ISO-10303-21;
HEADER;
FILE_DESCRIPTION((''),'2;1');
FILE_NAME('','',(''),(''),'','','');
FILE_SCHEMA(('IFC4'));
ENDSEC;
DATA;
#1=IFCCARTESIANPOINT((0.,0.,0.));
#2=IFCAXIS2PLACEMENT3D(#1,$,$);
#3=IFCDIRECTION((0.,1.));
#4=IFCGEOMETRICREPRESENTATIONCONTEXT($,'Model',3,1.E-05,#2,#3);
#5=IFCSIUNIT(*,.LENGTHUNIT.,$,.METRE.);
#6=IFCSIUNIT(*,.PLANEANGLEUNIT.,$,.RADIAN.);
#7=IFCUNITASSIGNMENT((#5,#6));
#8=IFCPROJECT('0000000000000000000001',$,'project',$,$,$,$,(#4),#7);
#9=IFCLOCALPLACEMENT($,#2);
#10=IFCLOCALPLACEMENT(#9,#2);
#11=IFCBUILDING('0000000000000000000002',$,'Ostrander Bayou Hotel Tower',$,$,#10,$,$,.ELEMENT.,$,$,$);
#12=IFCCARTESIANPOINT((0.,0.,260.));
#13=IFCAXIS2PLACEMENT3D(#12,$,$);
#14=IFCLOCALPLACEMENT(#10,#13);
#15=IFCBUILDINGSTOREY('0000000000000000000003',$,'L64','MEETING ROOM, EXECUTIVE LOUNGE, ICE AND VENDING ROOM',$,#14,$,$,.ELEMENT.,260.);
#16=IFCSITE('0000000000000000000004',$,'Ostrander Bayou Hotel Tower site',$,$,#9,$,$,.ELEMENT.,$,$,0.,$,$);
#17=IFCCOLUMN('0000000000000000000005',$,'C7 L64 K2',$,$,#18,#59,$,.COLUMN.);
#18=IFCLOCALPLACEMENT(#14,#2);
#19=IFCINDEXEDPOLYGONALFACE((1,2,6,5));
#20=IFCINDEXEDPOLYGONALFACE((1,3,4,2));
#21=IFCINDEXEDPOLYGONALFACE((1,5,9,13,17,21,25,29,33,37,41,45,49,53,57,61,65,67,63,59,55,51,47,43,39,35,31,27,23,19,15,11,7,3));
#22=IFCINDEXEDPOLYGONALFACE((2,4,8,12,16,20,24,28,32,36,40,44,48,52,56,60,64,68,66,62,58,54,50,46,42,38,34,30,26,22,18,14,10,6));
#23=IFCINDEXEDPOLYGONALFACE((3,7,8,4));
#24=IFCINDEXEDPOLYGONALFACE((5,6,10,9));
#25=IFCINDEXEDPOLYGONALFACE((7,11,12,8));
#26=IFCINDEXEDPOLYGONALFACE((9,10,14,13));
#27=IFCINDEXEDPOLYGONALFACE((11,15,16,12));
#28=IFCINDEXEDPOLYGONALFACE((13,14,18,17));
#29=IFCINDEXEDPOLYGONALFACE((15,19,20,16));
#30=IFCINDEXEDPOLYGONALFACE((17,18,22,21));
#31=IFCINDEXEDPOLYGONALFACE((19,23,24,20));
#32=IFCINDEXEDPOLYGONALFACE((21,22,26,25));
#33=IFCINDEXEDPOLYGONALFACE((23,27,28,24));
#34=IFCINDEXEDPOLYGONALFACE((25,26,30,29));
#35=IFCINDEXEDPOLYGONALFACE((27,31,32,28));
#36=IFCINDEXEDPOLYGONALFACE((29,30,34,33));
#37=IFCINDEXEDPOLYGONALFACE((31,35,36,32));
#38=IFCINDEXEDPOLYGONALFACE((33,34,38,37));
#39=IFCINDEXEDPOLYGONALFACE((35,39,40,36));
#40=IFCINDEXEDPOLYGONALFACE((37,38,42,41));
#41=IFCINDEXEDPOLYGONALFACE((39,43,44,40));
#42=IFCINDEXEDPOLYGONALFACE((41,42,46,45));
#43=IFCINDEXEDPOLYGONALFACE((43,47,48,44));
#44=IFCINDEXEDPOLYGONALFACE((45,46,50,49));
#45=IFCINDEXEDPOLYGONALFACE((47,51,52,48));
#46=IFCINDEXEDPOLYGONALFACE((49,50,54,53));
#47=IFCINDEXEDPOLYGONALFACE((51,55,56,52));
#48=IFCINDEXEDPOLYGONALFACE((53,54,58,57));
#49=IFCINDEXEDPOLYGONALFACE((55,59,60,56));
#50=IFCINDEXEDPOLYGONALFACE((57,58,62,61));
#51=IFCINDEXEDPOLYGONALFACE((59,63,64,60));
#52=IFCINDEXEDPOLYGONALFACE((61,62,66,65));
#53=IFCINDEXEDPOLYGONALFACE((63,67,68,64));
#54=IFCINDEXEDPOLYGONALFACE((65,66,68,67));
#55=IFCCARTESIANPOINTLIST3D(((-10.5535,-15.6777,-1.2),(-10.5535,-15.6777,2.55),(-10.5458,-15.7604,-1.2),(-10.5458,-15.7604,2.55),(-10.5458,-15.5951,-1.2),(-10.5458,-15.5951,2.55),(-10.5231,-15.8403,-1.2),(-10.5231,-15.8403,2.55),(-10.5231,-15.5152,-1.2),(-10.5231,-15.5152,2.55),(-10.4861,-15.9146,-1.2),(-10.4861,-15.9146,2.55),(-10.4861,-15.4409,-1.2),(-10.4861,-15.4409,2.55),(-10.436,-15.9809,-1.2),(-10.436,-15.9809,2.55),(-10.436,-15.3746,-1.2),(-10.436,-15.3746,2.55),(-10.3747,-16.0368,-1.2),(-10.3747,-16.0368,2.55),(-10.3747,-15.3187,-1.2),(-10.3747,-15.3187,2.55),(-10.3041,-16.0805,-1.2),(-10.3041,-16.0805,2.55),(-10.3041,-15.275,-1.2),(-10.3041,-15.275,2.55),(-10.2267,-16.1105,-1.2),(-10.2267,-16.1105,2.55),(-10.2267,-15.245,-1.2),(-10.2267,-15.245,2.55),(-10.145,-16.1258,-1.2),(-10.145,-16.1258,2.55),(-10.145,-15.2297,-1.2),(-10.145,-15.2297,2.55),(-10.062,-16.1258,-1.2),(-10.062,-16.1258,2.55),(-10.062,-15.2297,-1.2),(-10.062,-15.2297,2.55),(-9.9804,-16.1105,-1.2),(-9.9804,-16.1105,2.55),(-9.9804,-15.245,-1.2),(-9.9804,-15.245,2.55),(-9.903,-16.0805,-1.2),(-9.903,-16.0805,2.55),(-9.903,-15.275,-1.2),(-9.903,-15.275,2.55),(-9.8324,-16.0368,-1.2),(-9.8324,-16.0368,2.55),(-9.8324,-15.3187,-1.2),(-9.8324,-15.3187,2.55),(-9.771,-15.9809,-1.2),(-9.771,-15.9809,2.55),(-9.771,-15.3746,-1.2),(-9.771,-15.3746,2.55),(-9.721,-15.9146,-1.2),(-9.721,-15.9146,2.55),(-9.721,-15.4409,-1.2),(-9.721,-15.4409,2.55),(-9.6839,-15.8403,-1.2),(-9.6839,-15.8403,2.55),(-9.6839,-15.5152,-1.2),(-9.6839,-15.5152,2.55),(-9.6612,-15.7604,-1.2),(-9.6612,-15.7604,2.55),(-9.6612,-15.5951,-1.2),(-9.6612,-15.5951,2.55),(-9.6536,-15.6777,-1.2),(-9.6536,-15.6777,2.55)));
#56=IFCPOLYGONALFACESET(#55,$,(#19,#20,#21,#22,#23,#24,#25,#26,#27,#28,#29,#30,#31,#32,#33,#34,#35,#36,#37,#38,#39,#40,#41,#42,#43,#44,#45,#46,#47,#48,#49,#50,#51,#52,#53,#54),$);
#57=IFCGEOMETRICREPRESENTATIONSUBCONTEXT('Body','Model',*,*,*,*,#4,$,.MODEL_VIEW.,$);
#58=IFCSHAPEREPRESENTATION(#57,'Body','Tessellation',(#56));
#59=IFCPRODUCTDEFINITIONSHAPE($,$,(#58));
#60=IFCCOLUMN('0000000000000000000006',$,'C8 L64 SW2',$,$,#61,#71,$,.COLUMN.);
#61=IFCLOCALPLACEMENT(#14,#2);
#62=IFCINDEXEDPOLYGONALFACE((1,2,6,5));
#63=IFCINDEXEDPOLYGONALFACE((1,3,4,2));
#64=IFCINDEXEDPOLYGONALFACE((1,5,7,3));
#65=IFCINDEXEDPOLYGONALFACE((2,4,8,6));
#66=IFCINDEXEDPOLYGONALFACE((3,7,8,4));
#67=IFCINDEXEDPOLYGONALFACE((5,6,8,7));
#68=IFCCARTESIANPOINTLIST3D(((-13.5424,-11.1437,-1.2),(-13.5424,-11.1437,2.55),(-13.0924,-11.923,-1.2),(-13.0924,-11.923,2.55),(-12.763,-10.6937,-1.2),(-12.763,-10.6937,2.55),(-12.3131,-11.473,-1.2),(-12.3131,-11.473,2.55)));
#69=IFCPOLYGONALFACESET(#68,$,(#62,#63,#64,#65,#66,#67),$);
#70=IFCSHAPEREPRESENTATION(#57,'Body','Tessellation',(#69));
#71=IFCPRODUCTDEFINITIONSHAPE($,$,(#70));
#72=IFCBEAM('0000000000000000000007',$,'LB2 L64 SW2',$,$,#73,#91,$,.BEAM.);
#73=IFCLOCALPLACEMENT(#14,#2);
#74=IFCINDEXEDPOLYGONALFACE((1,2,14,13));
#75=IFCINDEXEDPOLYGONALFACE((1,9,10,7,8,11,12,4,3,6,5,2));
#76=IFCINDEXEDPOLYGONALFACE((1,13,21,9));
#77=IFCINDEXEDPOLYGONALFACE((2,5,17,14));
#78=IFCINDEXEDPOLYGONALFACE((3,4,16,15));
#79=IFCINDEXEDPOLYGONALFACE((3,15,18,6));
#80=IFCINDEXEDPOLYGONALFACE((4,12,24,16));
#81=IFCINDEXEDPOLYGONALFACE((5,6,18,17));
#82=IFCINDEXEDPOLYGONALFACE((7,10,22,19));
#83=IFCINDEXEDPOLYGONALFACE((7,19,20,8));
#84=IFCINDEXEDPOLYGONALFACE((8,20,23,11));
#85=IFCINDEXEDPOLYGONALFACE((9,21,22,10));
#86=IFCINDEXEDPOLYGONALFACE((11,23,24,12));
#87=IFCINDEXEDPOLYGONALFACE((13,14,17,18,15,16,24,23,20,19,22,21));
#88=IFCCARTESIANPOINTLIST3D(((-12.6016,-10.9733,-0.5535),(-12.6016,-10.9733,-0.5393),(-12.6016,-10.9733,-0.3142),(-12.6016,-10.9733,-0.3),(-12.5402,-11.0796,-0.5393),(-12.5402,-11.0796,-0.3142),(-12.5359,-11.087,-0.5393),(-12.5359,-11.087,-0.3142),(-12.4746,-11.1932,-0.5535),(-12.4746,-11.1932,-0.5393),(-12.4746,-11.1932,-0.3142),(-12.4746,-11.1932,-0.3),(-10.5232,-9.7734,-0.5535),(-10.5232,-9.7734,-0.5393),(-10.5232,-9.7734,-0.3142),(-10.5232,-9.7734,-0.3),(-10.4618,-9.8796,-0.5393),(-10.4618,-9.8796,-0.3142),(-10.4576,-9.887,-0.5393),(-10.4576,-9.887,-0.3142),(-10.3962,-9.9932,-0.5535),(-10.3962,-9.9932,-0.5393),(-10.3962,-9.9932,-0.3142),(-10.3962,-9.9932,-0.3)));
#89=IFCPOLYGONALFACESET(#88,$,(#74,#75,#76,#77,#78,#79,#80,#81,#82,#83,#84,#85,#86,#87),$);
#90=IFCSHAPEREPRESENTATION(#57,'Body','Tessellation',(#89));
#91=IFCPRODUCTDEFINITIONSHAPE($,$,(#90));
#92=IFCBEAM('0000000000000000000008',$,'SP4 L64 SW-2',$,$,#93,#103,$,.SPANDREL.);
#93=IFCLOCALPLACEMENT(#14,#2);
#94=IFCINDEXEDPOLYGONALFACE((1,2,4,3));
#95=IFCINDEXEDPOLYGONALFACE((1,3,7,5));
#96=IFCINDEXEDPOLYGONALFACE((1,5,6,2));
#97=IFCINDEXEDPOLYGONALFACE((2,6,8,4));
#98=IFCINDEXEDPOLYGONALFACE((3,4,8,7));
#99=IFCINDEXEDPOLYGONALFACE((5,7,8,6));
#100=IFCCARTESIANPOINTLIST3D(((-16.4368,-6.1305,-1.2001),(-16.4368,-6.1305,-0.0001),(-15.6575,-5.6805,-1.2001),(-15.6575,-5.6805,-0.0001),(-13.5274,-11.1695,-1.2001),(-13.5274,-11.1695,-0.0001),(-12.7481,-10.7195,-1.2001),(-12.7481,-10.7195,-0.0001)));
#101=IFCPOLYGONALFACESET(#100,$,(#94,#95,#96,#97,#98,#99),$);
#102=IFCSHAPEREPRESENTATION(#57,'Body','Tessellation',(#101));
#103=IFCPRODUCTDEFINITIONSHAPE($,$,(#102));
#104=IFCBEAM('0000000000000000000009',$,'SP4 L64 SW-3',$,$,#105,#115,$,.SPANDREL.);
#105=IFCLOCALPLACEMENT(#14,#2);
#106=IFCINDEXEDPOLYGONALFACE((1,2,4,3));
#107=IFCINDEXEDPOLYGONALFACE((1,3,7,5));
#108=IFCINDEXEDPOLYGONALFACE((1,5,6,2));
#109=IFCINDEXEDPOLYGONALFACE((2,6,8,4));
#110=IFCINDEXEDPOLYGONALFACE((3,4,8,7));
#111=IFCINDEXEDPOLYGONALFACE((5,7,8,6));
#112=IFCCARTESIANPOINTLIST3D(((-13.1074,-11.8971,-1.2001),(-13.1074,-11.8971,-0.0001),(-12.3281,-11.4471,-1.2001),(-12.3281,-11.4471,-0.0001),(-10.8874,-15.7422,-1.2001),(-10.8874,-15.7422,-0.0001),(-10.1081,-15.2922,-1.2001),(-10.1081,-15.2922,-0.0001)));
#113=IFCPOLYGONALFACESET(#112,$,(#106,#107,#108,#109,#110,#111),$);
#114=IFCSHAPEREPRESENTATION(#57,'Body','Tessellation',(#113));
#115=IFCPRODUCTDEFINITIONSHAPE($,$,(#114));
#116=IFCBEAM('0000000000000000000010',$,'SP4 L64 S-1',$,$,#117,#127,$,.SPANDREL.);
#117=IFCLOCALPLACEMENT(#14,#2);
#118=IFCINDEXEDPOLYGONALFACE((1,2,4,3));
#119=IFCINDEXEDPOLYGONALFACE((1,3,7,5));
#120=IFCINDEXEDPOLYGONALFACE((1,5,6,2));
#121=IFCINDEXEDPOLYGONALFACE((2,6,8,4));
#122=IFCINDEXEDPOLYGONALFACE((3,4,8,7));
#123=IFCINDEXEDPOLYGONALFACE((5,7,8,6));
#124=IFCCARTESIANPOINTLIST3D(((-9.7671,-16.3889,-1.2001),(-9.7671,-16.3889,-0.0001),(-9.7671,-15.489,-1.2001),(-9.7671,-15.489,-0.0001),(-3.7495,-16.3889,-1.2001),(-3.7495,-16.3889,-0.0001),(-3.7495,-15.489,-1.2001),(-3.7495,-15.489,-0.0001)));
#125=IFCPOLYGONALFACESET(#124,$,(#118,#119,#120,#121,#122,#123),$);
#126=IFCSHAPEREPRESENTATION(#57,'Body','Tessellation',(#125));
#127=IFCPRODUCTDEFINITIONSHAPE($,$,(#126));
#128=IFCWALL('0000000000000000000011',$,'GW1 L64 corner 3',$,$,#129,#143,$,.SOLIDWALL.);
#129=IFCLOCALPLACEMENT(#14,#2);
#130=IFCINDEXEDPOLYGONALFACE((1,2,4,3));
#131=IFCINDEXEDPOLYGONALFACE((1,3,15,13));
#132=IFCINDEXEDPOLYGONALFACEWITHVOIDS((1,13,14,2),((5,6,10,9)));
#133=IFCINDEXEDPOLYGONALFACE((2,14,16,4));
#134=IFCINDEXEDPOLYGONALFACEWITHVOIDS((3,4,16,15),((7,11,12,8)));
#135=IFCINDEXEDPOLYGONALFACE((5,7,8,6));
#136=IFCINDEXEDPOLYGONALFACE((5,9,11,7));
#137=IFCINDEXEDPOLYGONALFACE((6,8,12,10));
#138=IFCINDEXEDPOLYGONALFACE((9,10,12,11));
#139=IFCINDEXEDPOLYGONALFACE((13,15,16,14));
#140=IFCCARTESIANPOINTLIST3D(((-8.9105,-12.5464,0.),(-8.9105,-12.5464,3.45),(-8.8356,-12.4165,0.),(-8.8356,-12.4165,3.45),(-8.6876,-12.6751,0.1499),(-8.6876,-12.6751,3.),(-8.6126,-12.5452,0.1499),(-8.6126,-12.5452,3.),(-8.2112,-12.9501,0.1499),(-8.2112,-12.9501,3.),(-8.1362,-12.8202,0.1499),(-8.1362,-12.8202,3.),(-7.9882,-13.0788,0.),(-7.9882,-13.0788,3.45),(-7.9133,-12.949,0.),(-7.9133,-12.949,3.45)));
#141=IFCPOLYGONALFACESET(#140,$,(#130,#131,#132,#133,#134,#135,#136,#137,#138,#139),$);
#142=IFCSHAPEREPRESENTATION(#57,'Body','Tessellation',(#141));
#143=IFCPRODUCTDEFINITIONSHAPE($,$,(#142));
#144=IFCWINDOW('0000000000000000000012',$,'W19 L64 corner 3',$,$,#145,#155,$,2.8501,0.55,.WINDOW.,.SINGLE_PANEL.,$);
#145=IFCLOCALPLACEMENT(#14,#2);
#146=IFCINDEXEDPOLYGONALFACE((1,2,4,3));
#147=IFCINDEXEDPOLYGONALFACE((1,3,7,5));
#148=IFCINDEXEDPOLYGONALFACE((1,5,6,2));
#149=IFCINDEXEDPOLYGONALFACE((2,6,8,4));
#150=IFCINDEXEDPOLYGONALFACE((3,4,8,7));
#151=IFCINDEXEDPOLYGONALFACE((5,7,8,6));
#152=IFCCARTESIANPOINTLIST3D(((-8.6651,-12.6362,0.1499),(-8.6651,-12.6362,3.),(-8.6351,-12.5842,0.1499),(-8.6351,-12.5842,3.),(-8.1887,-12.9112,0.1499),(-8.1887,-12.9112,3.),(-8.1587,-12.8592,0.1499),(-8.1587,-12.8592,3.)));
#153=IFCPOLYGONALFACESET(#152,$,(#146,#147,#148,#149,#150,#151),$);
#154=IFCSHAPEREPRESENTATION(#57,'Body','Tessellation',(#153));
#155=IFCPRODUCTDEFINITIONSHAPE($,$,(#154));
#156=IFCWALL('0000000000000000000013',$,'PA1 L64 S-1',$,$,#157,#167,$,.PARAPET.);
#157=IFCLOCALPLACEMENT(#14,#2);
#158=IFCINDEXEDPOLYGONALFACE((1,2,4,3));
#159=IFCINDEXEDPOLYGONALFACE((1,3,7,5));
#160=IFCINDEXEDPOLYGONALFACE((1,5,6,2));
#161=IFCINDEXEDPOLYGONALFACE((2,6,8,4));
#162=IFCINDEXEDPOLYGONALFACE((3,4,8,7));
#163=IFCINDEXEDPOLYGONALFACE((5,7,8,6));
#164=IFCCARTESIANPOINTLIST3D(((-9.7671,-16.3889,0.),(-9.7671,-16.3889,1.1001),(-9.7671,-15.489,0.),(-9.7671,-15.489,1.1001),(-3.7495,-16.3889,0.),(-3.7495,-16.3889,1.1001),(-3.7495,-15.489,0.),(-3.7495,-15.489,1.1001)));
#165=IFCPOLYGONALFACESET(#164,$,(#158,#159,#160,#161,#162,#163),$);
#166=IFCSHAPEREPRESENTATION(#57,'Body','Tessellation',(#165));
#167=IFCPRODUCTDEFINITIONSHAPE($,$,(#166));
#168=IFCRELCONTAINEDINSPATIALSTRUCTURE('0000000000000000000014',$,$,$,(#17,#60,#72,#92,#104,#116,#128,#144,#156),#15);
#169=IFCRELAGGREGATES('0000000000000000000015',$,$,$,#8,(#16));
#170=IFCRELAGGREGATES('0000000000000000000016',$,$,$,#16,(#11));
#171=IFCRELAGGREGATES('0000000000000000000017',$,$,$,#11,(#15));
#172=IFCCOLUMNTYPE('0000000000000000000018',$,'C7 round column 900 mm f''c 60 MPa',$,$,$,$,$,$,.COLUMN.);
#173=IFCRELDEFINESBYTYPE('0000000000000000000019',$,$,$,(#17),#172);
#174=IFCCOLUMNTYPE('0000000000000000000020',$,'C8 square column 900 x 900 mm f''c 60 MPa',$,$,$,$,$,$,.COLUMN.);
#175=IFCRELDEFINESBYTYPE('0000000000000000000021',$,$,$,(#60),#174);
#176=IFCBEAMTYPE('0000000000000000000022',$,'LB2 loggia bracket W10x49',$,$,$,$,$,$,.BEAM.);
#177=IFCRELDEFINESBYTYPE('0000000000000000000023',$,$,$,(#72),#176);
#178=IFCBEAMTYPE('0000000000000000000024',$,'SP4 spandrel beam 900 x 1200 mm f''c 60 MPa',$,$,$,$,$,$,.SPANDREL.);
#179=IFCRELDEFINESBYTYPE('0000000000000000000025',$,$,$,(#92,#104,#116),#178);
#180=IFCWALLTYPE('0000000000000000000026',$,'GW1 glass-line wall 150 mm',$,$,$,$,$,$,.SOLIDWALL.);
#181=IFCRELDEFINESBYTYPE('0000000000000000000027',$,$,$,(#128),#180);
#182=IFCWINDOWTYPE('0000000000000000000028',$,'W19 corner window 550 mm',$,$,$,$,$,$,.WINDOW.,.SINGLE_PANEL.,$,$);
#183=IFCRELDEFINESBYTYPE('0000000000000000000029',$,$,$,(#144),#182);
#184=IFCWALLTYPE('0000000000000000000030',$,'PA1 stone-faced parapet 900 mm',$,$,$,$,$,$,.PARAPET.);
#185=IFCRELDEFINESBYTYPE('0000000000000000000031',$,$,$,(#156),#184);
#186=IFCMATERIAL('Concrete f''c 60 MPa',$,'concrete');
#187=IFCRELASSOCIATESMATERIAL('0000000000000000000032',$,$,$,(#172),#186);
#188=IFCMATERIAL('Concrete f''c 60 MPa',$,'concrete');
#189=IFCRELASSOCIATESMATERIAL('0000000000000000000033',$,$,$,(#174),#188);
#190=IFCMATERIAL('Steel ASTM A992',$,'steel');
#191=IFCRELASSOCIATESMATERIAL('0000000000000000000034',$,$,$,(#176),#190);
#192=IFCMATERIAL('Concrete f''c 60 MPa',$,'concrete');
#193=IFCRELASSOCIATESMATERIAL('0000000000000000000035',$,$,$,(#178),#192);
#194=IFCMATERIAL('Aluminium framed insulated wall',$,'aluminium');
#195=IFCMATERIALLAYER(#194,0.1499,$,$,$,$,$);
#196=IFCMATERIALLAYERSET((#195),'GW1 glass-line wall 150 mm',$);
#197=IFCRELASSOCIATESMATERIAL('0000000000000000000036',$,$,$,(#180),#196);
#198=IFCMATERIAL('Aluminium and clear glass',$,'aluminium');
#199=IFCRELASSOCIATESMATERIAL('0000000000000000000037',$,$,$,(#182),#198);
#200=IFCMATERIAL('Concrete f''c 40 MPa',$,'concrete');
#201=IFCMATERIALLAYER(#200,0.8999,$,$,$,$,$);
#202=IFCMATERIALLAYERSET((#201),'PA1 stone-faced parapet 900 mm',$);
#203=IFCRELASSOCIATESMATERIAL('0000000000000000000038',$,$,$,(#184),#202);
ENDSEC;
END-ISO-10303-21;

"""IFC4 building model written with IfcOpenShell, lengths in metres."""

from ifc_helpers import new_model, si_unit, direction, frame, frame_2d, origin, origin_2d, place, context, subcontext, project, spatial, rectangle, circle, i_section, extrude, material, layer, layer_set, material_profile, profile_set, type_object, element, fill, save


model = new_model("IFC4")

# Units and contexts
model_context = context("Model", 3, precision=1e-05, world=origin(), true_north=direction((0.0, 1.0)))
body_context = subcontext(model_context, "Body", "Model", "MODEL_VIEW")
ifc_project = project(units=[si_unit("LENGTHUNIT", "METRE"), si_unit("PLANEANGLEUNIT", "RADIAN")], contexts=[model_context])

# Site, building, storey
site_placement = place(None, origin())
site = spatial("IfcSite", under=ifc_project, at=site_placement, Name="Ostrander Bayou Hotel Tower site", CompositionType="ELEMENT", RefElevation=0.0)
building_placement = place(site_placement, origin())
building = spatial("IfcBuilding", under=site, at=building_placement, Name="Ostrander Bayou Hotel Tower", CompositionType="ELEMENT")
storey_placement = place(building_placement, frame((0.0, 0.0, 260.0)))
storey = spatial("IfcBuildingStorey", under=building, at=storey_placement, Name="L64", Description="MEETING ROOM, EXECUTIVE LOUNGE, ICE AND VENDING ROOM", CompositionType="ELEMENT", Elevation=260.0)

# Columns
ifc_material_1 = material(Name="Concrete f'c 60 MPa", Category="concrete")
ifc_material_profile_1 = material_profile(ifc_material_1, circle(Radius=0.45, at=origin_2d()))
ifc_profile_set_1 = profile_set([ifc_material_profile_1], Name="Concrete f'c 60 MPa")
column_type_1 = type_object("IfcColumnType", Name="C7 round column 900 mm f'c 60 MPa", PredefinedType="COLUMN", material=ifc_profile_set_1)
column_1_placement = place(storey_placement, frame((-10.1035, -15.6777, -1.2), z_axis=(0.0, 0.0, 1.0), x_axis=(1.0, 0.0, 0.0)))
element("IfcColumn", 1, at=column_1_placement, inside=storey, type_object=column_type_1, Name="C7 L64 K2", PredefinedType="COLUMN", context=body_context, shape_type="SweptSolid", body=[
    extrude(circle(Radius=0.45, at=origin_2d()), origin(), (0.0, 0.0, 1.0), 3.75),
])
ifc_material_2 = material(Name="Concrete f'c 60 MPa", Category="concrete")
ifc_material_profile_2 = material_profile(ifc_material_2, rectangle(XDim=0.8999, YDim=0.8999, at=origin_2d()))
ifc_profile_set_2 = profile_set([ifc_material_profile_2], Name="Concrete f'c 60 MPa")
column_type_2 = type_object("IfcColumnType", Name="C8 square column 900 x 900 mm f'c 60 MPa", PredefinedType="COLUMN", material=ifc_profile_set_2)
column_2_placement = place(storey_placement, frame((-12.9277, -11.3083, -1.2), z_axis=(0.0, 0.0, 1.0), x_axis=(-0.5, 0.866025, 0.0)))
element("IfcColumn", 2, at=column_2_placement, inside=storey, type_object=column_type_2, Name="C8 L64 SW2", PredefinedType="COLUMN", context=body_context, shape_type="SweptSolid", body=[
    extrude(rectangle(XDim=0.8999, YDim=0.8999, at=origin_2d()), origin(), (0.0, 0.0, 1.0), 3.75),
])

# Beams
ifc_material_3 = material(Name="Steel ASTM A992", Category="steel")
ifc_material_profile_3 = material_profile(ifc_material_3, i_section(OverallWidth=0.2539, OverallDepth=0.2534, WebThickness=0.0085, FlangeThickness=0.0142, at=origin_2d()))
ifc_profile_set_3 = profile_set([ifc_material_profile_3], Name="Steel ASTM A992")
beam_type_1 = type_object("IfcBeamType", Name="LB2 loggia bracket W10x49", PredefinedType="BEAM", material=ifc_profile_set_3)
beam_1_placement = place(storey_placement, frame((-12.5381, -11.0833, -0.4268), z_axis=(0.866025, 0.500001, 0.0), x_axis=(-0.500001, 0.866025, 0.0)))
element("IfcBeam", 3, at=beam_1_placement, inside=storey, type_object=beam_type_1, Name="LB2 L64 SW2", PredefinedType="BEAM", context=body_context, shape_type="SweptSolid", body=[
    extrude(i_section(OverallWidth=0.2539, OverallDepth=0.2534, WebThickness=0.0085, FlangeThickness=0.0142, at=origin_2d()), origin(), (0.0, 0.0, 1.0), 2.3999),
])
ifc_material_4 = material(Name="Concrete f'c 60 MPa", Category="concrete")
ifc_material_profile_4 = material_profile(ifc_material_4, rectangle(XDim=0.8999, YDim=1.2, at=origin_2d()))
ifc_profile_set_4 = profile_set([ifc_material_profile_4], Name="Concrete f'c 60 MPa")
beam_type_2 = type_object("IfcBeamType", Name="SP4 spandrel beam 900 x 1200 mm f'c 60 MPa", PredefinedType="SPANDREL", material=ifc_profile_set_4)
beam_2_placement = place(storey_placement, frame((-16.0471, -5.9055, -0.6001), z_axis=(0.500015, -0.866016, 0.0), x_axis=(0.866016, 0.500015, 0.0)))
element("IfcBeam", 4, at=beam_2_placement, inside=storey, type_object=beam_type_2, Name="SP4 L64 SW-2", PredefinedType="SPANDREL", context=body_context, shape_type="SweptSolid", body=[
    extrude(rectangle(XDim=0.8999, YDim=1.2, at=origin_2d()), origin(), (0.0, 0.0, 1.0), 5.8186),
])
beam_3_placement = place(storey_placement, frame((-12.7178, -11.6721, -0.6001), z_axis=(0.500013, -0.866018, 0.0), x_axis=(0.866018, 0.500013, 0.0)))
element("IfcBeam", 5, at=beam_3_placement, inside=storey, type_object=beam_type_2, Name="SP4 L64 SW-3", PredefinedType="SPANDREL", context=body_context, shape_type="SweptSolid", body=[
    extrude(rectangle(XDim=0.8999, YDim=1.2, at=origin_2d()), origin(), (0.0, 0.0, 1.0), 4.4399),
])
beam_4_placement = place(storey_placement, frame((-9.7671, -15.939, -0.6001), z_axis=(1.0, 0.0, 0.0), x_axis=(0.0, 1.0, 0.0)))
element("IfcBeam", 6, at=beam_4_placement, inside=storey, type_object=beam_type_2, Name="SP4 L64 S-1", PredefinedType="SPANDREL", context=body_context, shape_type="SweptSolid", body=[
    extrude(rectangle(XDim=0.8999, YDim=1.2, at=origin_2d()), origin(), (0.0, 0.0, 1.0), 6.0176),
])

# Wall, opening, window
ifc_material_5 = material(Name="Aluminium framed insulated wall", Category="aluminium")
ifc_layer_1 = layer(ifc_material_5, 0.1499)
ifc_layer_set_1 = layer_set([ifc_layer_1], Name="GW1 glass-line wall 150 mm")
wall_type_1 = type_object("IfcWallType", Name="GW1 glass-line wall 150 mm", PredefinedType="SOLIDWALL", material=ifc_layer_set_1)
wall_1_placement = place(storey_placement, frame((-8.873, -12.4814, 0.0), z_axis=(0.0, 0.0, 1.0), x_axis=(0.866048, -0.499961, 0.0)))
wall_1 = element("IfcWall", 7, at=wall_1_placement, inside=storey, type_object=wall_type_1, Name="GW1 L64 corner 3", PredefinedType="SOLIDWALL", context=body_context, shape_type="SweptSolid", body=[
    extrude(rectangle(XDim=1.0649, YDim=0.1499, at=frame_2d((0.5325, 0.0))), origin(), (0.0, 0.0, 1.0), 3.45),
])
opening_placement = place(wall_1_placement, frame((0.2576, 0.0, 0.1499)))
opening = element("IfcOpeningElement", 8, at=opening_placement, cuts=wall_1, PredefinedType="OPENING", context=body_context, shape_type="SweptSolid", body=[
    extrude(rectangle(XDim=0.55, YDim=2.8501, at=frame_2d((0.2749, 1.425))), frame((0.0, 0.075, 0.0), z_axis=(0.0, -1.0, 0.0), x_axis=(1.0, 0.0, 0.0)), (0.0, 0.0, 1.0), 0.1499),
])
ifc_material_6 = material(Name="Aluminium and clear glass", Category="aluminium")
window_type = type_object("IfcWindowType", Name="W19 corner window 550 mm", PartitioningType="SINGLE_PANEL", PredefinedType="WINDOW", material=ifc_material_6)
window_placement = place(opening_placement, origin())
window = element("IfcWindow", 9, at=window_placement, inside=storey, type_object=window_type, Name="W19 L64 corner 3", OverallHeight=2.8501, OverallWidth=0.55, PartitioningType="SINGLE_PANEL", PredefinedType="WINDOW", context=body_context, shape_type="SweptSolid", body=[
    extrude(rectangle(XDim=0.55, YDim=2.8501, at=frame_2d((0.2749, 1.425))), frame((0.0, 0.03, 0.0), z_axis=(0.0, -1.0, 0.0), x_axis=(1.0, 0.0, 0.0)), (0.0, 0.0, 1.0), 0.0601),
])
fill(opening, window)

# Wall
ifc_material_7 = material(Name="Concrete f'c 40 MPa", Category="concrete")
ifc_layer_2 = layer(ifc_material_7, 0.8999)
ifc_layer_set_2 = layer_set([ifc_layer_2], Name="PA1 stone-faced parapet 900 mm")
wall_type_2 = type_object("IfcWallType", Name="PA1 stone-faced parapet 900 mm", PredefinedType="PARAPET", material=ifc_layer_set_2)
wall_2_placement = place(storey_placement, frame((-9.7671, -15.939, 0.0), z_axis=(0.0, 0.0, 1.0), x_axis=(1.0, 0.0, 0.0)))
element("IfcWall", 10, at=wall_2_placement, inside=storey, type_object=wall_type_2, Name="PA1 L64 S-1", PredefinedType="PARAPET", context=body_context, shape_type="SweptSolid", body=[
    extrude(rectangle(XDim=6.0176, YDim=0.8999, at=frame_2d((3.0088, 0.0))), origin(), (0.0, 0.0, 1.0), 1.1001),
])

save(model, "model.ifc")
